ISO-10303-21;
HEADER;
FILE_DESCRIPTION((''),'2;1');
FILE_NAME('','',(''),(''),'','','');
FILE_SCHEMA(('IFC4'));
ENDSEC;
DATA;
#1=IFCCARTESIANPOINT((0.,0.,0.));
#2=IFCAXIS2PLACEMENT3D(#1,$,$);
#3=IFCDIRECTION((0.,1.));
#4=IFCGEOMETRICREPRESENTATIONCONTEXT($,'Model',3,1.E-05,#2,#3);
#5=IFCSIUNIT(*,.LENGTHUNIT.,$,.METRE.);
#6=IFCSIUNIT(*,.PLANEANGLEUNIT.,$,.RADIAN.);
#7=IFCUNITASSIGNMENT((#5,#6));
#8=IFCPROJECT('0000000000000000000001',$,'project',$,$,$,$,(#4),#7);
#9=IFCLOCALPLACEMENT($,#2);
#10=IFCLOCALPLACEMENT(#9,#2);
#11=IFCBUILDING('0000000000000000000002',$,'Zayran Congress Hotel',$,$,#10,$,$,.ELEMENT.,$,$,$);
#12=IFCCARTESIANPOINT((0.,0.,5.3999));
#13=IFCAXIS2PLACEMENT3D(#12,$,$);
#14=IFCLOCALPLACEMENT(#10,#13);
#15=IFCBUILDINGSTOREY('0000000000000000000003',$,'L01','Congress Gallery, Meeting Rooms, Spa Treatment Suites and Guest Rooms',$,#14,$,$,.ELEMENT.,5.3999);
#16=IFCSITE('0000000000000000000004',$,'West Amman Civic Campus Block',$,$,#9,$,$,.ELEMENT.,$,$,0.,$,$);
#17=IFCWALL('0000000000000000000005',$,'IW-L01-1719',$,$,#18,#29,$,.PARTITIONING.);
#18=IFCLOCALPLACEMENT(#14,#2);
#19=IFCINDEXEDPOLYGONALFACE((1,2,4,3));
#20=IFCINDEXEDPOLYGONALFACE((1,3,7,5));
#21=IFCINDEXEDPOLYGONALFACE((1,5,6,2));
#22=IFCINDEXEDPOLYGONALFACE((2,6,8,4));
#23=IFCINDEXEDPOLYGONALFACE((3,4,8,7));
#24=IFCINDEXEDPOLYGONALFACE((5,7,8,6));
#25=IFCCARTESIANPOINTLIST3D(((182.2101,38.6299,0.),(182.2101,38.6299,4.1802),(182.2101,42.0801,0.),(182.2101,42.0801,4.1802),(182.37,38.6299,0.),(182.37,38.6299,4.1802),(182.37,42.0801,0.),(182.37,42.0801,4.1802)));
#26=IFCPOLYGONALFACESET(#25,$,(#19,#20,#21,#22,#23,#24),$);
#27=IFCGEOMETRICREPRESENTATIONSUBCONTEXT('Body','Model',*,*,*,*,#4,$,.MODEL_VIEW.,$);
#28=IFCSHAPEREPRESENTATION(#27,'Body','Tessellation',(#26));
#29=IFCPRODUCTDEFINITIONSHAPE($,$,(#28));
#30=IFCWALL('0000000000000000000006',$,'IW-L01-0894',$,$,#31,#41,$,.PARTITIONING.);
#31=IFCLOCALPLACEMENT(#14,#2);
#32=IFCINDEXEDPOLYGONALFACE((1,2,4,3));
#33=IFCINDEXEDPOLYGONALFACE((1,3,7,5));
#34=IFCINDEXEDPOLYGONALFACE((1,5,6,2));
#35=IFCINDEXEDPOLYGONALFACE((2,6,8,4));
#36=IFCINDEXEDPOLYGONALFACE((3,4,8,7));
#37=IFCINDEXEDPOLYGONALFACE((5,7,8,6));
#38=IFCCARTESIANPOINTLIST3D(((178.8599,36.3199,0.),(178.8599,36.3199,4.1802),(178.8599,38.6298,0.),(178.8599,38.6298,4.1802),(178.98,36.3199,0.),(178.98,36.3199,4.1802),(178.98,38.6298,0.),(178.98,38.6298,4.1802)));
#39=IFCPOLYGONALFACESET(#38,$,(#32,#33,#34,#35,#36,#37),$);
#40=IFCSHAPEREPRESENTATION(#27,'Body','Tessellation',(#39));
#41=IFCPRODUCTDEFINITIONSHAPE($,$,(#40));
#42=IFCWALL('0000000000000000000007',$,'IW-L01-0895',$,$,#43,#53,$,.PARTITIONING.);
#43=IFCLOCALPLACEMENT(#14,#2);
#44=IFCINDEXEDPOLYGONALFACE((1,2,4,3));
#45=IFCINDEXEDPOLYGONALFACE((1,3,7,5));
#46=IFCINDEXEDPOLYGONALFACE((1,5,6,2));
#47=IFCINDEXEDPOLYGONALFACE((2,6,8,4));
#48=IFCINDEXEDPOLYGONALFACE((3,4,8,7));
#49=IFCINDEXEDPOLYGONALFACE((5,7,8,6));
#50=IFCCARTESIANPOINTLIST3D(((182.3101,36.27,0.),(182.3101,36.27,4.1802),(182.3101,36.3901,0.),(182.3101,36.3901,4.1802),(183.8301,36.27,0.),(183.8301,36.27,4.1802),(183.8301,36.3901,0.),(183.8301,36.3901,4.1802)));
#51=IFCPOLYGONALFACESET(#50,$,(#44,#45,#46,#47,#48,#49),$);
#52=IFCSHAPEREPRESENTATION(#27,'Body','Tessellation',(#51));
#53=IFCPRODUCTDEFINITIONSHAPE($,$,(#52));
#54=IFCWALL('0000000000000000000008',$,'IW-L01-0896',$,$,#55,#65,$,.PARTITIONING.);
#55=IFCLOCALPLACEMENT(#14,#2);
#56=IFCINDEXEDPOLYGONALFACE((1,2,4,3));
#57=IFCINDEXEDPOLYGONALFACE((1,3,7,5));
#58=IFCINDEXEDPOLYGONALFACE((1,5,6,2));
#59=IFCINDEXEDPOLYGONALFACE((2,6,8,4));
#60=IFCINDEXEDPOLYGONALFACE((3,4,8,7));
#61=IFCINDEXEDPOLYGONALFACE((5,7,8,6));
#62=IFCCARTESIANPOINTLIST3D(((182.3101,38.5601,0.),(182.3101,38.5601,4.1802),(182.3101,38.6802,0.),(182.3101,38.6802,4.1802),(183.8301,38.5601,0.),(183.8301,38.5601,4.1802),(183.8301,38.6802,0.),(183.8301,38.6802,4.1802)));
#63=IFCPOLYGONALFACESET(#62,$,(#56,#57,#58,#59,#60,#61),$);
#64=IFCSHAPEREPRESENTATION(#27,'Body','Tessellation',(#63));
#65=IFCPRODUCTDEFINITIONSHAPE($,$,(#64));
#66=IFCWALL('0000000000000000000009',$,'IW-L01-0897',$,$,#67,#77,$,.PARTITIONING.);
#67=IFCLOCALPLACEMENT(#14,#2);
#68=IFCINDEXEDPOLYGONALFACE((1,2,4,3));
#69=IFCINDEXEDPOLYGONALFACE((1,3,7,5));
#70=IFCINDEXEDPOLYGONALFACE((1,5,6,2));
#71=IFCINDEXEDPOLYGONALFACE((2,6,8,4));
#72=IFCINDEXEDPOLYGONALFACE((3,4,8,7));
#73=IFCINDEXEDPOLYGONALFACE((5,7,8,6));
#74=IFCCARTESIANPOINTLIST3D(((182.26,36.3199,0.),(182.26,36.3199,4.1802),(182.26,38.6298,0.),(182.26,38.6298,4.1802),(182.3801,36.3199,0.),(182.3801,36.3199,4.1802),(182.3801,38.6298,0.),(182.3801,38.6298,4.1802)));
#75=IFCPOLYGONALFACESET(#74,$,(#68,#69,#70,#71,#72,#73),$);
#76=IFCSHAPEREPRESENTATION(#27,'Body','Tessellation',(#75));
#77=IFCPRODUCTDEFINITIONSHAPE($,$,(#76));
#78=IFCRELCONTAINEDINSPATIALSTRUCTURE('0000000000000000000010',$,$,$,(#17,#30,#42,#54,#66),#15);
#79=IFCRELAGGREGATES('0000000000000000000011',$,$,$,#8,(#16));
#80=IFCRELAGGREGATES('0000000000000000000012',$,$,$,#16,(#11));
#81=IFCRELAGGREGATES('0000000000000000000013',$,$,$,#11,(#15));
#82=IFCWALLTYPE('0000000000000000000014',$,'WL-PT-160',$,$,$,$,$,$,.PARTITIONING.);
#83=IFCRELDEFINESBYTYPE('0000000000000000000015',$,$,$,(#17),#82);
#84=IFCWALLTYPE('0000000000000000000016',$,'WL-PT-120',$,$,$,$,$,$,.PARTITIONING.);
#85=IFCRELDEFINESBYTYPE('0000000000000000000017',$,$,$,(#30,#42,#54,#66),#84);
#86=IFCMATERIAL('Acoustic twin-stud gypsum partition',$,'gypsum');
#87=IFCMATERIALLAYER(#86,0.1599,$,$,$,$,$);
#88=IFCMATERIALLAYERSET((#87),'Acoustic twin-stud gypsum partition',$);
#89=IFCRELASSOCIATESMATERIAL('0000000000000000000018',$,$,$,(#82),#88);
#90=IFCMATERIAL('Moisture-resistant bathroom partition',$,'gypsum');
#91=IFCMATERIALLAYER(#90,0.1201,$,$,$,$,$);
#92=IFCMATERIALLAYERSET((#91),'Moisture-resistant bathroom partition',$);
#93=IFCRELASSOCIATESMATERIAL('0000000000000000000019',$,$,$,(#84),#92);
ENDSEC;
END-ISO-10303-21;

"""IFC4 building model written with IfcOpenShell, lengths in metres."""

from ifc_helpers import new_model, si_unit, direction, frame, frame_2d, origin, place, context, subcontext, project, spatial, rectangle, extrude, material, layer, layer_set, type_object, element, save


model = new_model("IFC4")

# Units and contexts
model_context = context("Model", 3, precision=1e-05, world=origin(), true_north=direction((0.0, 1.0)))
body_context = subcontext(model_context, "Body", "Model", "MODEL_VIEW")
ifc_project = project(units=[si_unit("LENGTHUNIT", "METRE"), si_unit("PLANEANGLEUNIT", "RADIAN")], contexts=[model_context])

# Site, building, storey
site_placement = place(None, origin())
site = spatial("IfcSite", under=ifc_project, at=site_placement, Name="West Amman Civic Campus Block", CompositionType="ELEMENT", RefElevation=0.0)
building_placement = place(site_placement, origin())
building = spatial("IfcBuilding", under=site, at=building_placement, Name="Zayran Congress Hotel", CompositionType="ELEMENT")
storey_placement = place(building_placement, frame((0.0, 0.0, 5.3999)))
storey = spatial("IfcBuildingStorey", under=building, at=storey_placement, Name="L01", Description="Congress Gallery, Meeting Rooms, Spa Treatment Suites and Guest Rooms", CompositionType="ELEMENT", Elevation=5.3999)

# Shared definitions
ifc_material_1 = material(Name="Acoustic twin-stud gypsum partition", Category="gypsum")
ifc_layer_1 = layer(ifc_material_1, 0.1599)
ifc_layer_set_1 = layer_set([ifc_layer_1], Name="Acoustic twin-stud gypsum partition")
wall_type_1 = type_object("IfcWallType", Name="WL-PT-160", PredefinedType="PARTITIONING", material=ifc_layer_set_1)

# Wall
wall_1_placement = place(storey_placement, frame((182.29, 38.6299, 0.0), z_axis=(0.0, 0.0, 1.0), x_axis=(0.0, 1.0, 0.0)))
element("IfcWall", 1, at=wall_1_placement, inside=storey, type_object=wall_type_1, Name="IW-L01-1719", PredefinedType="PARTITIONING", context=body_context, shape_type="SweptSolid", body=[
    extrude(rectangle(XDim=3.4502, YDim=0.1599, at=frame_2d((1.7251, 0.0))), origin(), (0.0, 0.0, 1.0), 4.1802),
])

# Shared definitions
ifc_material_2 = material(Name="Moisture-resistant bathroom partition", Category="gypsum")
ifc_layer_2 = layer(ifc_material_2, 0.1201)
ifc_layer_set_2 = layer_set([ifc_layer_2], Name="Moisture-resistant bathroom partition")
wall_type_2 = type_object("IfcWallType", Name="WL-PT-120", PredefinedType="PARTITIONING", material=ifc_layer_set_2)

# Walls
wall_2_placement = place(storey_placement, frame((178.9199, 36.3201, 0.0), z_axis=(0.0, 0.0, 1.0), x_axis=(0.0, 1.0, 0.0)))
element("IfcWall", 2, at=wall_2_placement, inside=storey, type_object=wall_type_2, Name="IW-L01-0894", PredefinedType="PARTITIONING", context=body_context, shape_type="SweptSolid", body=[
    extrude(rectangle(XDim=2.3098, YDim=0.1201, at=frame_2d((1.1548, 0.0))), origin(), (0.0, 0.0, 1.0), 4.1802),
])
for number, where, z_axis, x_axis, name in (
    (3, (182.3101, 36.3301, 0.0), (0.0, 0.0, 1.0), (1.0, 0.0, 0.0), "IW-L01-0895"),
    (4, (182.3101, 38.6201, 0.0), (0.0, 0.0, 1.0), (1.0, 0.0, 0.0), "IW-L01-0896"),
):
    element("IfcWall", number, at=place(storey_placement, frame(where, z_axis=z_axis, x_axis=x_axis)), inside=storey, type_object=wall_type_2, Name=name, PredefinedType="PARTITIONING", context=body_context, shape_type="SweptSolid", body=[
        extrude(rectangle(XDim=1.52, YDim=0.1201, at=frame_2d((0.76, 0.0))), origin(), (0.0, 0.0, 1.0), 4.1802),
    ])
wall_3_placement = place(storey_placement, frame((182.3201, 36.3201, 0.0), z_axis=(0.0, 0.0, 1.0), x_axis=(0.0, 1.0, 0.0)))
element("IfcWall", 5, at=wall_3_placement, inside=storey, type_object=wall_type_2, Name="IW-L01-0897", PredefinedType="PARTITIONING", context=body_context, shape_type="SweptSolid", body=[
    extrude(rectangle(XDim=2.3098, YDim=0.1201, at=frame_2d((1.1548, 0.0))), origin(), (0.0, 0.0, 1.0), 4.1802),
])

save(model, "model.ifc")
